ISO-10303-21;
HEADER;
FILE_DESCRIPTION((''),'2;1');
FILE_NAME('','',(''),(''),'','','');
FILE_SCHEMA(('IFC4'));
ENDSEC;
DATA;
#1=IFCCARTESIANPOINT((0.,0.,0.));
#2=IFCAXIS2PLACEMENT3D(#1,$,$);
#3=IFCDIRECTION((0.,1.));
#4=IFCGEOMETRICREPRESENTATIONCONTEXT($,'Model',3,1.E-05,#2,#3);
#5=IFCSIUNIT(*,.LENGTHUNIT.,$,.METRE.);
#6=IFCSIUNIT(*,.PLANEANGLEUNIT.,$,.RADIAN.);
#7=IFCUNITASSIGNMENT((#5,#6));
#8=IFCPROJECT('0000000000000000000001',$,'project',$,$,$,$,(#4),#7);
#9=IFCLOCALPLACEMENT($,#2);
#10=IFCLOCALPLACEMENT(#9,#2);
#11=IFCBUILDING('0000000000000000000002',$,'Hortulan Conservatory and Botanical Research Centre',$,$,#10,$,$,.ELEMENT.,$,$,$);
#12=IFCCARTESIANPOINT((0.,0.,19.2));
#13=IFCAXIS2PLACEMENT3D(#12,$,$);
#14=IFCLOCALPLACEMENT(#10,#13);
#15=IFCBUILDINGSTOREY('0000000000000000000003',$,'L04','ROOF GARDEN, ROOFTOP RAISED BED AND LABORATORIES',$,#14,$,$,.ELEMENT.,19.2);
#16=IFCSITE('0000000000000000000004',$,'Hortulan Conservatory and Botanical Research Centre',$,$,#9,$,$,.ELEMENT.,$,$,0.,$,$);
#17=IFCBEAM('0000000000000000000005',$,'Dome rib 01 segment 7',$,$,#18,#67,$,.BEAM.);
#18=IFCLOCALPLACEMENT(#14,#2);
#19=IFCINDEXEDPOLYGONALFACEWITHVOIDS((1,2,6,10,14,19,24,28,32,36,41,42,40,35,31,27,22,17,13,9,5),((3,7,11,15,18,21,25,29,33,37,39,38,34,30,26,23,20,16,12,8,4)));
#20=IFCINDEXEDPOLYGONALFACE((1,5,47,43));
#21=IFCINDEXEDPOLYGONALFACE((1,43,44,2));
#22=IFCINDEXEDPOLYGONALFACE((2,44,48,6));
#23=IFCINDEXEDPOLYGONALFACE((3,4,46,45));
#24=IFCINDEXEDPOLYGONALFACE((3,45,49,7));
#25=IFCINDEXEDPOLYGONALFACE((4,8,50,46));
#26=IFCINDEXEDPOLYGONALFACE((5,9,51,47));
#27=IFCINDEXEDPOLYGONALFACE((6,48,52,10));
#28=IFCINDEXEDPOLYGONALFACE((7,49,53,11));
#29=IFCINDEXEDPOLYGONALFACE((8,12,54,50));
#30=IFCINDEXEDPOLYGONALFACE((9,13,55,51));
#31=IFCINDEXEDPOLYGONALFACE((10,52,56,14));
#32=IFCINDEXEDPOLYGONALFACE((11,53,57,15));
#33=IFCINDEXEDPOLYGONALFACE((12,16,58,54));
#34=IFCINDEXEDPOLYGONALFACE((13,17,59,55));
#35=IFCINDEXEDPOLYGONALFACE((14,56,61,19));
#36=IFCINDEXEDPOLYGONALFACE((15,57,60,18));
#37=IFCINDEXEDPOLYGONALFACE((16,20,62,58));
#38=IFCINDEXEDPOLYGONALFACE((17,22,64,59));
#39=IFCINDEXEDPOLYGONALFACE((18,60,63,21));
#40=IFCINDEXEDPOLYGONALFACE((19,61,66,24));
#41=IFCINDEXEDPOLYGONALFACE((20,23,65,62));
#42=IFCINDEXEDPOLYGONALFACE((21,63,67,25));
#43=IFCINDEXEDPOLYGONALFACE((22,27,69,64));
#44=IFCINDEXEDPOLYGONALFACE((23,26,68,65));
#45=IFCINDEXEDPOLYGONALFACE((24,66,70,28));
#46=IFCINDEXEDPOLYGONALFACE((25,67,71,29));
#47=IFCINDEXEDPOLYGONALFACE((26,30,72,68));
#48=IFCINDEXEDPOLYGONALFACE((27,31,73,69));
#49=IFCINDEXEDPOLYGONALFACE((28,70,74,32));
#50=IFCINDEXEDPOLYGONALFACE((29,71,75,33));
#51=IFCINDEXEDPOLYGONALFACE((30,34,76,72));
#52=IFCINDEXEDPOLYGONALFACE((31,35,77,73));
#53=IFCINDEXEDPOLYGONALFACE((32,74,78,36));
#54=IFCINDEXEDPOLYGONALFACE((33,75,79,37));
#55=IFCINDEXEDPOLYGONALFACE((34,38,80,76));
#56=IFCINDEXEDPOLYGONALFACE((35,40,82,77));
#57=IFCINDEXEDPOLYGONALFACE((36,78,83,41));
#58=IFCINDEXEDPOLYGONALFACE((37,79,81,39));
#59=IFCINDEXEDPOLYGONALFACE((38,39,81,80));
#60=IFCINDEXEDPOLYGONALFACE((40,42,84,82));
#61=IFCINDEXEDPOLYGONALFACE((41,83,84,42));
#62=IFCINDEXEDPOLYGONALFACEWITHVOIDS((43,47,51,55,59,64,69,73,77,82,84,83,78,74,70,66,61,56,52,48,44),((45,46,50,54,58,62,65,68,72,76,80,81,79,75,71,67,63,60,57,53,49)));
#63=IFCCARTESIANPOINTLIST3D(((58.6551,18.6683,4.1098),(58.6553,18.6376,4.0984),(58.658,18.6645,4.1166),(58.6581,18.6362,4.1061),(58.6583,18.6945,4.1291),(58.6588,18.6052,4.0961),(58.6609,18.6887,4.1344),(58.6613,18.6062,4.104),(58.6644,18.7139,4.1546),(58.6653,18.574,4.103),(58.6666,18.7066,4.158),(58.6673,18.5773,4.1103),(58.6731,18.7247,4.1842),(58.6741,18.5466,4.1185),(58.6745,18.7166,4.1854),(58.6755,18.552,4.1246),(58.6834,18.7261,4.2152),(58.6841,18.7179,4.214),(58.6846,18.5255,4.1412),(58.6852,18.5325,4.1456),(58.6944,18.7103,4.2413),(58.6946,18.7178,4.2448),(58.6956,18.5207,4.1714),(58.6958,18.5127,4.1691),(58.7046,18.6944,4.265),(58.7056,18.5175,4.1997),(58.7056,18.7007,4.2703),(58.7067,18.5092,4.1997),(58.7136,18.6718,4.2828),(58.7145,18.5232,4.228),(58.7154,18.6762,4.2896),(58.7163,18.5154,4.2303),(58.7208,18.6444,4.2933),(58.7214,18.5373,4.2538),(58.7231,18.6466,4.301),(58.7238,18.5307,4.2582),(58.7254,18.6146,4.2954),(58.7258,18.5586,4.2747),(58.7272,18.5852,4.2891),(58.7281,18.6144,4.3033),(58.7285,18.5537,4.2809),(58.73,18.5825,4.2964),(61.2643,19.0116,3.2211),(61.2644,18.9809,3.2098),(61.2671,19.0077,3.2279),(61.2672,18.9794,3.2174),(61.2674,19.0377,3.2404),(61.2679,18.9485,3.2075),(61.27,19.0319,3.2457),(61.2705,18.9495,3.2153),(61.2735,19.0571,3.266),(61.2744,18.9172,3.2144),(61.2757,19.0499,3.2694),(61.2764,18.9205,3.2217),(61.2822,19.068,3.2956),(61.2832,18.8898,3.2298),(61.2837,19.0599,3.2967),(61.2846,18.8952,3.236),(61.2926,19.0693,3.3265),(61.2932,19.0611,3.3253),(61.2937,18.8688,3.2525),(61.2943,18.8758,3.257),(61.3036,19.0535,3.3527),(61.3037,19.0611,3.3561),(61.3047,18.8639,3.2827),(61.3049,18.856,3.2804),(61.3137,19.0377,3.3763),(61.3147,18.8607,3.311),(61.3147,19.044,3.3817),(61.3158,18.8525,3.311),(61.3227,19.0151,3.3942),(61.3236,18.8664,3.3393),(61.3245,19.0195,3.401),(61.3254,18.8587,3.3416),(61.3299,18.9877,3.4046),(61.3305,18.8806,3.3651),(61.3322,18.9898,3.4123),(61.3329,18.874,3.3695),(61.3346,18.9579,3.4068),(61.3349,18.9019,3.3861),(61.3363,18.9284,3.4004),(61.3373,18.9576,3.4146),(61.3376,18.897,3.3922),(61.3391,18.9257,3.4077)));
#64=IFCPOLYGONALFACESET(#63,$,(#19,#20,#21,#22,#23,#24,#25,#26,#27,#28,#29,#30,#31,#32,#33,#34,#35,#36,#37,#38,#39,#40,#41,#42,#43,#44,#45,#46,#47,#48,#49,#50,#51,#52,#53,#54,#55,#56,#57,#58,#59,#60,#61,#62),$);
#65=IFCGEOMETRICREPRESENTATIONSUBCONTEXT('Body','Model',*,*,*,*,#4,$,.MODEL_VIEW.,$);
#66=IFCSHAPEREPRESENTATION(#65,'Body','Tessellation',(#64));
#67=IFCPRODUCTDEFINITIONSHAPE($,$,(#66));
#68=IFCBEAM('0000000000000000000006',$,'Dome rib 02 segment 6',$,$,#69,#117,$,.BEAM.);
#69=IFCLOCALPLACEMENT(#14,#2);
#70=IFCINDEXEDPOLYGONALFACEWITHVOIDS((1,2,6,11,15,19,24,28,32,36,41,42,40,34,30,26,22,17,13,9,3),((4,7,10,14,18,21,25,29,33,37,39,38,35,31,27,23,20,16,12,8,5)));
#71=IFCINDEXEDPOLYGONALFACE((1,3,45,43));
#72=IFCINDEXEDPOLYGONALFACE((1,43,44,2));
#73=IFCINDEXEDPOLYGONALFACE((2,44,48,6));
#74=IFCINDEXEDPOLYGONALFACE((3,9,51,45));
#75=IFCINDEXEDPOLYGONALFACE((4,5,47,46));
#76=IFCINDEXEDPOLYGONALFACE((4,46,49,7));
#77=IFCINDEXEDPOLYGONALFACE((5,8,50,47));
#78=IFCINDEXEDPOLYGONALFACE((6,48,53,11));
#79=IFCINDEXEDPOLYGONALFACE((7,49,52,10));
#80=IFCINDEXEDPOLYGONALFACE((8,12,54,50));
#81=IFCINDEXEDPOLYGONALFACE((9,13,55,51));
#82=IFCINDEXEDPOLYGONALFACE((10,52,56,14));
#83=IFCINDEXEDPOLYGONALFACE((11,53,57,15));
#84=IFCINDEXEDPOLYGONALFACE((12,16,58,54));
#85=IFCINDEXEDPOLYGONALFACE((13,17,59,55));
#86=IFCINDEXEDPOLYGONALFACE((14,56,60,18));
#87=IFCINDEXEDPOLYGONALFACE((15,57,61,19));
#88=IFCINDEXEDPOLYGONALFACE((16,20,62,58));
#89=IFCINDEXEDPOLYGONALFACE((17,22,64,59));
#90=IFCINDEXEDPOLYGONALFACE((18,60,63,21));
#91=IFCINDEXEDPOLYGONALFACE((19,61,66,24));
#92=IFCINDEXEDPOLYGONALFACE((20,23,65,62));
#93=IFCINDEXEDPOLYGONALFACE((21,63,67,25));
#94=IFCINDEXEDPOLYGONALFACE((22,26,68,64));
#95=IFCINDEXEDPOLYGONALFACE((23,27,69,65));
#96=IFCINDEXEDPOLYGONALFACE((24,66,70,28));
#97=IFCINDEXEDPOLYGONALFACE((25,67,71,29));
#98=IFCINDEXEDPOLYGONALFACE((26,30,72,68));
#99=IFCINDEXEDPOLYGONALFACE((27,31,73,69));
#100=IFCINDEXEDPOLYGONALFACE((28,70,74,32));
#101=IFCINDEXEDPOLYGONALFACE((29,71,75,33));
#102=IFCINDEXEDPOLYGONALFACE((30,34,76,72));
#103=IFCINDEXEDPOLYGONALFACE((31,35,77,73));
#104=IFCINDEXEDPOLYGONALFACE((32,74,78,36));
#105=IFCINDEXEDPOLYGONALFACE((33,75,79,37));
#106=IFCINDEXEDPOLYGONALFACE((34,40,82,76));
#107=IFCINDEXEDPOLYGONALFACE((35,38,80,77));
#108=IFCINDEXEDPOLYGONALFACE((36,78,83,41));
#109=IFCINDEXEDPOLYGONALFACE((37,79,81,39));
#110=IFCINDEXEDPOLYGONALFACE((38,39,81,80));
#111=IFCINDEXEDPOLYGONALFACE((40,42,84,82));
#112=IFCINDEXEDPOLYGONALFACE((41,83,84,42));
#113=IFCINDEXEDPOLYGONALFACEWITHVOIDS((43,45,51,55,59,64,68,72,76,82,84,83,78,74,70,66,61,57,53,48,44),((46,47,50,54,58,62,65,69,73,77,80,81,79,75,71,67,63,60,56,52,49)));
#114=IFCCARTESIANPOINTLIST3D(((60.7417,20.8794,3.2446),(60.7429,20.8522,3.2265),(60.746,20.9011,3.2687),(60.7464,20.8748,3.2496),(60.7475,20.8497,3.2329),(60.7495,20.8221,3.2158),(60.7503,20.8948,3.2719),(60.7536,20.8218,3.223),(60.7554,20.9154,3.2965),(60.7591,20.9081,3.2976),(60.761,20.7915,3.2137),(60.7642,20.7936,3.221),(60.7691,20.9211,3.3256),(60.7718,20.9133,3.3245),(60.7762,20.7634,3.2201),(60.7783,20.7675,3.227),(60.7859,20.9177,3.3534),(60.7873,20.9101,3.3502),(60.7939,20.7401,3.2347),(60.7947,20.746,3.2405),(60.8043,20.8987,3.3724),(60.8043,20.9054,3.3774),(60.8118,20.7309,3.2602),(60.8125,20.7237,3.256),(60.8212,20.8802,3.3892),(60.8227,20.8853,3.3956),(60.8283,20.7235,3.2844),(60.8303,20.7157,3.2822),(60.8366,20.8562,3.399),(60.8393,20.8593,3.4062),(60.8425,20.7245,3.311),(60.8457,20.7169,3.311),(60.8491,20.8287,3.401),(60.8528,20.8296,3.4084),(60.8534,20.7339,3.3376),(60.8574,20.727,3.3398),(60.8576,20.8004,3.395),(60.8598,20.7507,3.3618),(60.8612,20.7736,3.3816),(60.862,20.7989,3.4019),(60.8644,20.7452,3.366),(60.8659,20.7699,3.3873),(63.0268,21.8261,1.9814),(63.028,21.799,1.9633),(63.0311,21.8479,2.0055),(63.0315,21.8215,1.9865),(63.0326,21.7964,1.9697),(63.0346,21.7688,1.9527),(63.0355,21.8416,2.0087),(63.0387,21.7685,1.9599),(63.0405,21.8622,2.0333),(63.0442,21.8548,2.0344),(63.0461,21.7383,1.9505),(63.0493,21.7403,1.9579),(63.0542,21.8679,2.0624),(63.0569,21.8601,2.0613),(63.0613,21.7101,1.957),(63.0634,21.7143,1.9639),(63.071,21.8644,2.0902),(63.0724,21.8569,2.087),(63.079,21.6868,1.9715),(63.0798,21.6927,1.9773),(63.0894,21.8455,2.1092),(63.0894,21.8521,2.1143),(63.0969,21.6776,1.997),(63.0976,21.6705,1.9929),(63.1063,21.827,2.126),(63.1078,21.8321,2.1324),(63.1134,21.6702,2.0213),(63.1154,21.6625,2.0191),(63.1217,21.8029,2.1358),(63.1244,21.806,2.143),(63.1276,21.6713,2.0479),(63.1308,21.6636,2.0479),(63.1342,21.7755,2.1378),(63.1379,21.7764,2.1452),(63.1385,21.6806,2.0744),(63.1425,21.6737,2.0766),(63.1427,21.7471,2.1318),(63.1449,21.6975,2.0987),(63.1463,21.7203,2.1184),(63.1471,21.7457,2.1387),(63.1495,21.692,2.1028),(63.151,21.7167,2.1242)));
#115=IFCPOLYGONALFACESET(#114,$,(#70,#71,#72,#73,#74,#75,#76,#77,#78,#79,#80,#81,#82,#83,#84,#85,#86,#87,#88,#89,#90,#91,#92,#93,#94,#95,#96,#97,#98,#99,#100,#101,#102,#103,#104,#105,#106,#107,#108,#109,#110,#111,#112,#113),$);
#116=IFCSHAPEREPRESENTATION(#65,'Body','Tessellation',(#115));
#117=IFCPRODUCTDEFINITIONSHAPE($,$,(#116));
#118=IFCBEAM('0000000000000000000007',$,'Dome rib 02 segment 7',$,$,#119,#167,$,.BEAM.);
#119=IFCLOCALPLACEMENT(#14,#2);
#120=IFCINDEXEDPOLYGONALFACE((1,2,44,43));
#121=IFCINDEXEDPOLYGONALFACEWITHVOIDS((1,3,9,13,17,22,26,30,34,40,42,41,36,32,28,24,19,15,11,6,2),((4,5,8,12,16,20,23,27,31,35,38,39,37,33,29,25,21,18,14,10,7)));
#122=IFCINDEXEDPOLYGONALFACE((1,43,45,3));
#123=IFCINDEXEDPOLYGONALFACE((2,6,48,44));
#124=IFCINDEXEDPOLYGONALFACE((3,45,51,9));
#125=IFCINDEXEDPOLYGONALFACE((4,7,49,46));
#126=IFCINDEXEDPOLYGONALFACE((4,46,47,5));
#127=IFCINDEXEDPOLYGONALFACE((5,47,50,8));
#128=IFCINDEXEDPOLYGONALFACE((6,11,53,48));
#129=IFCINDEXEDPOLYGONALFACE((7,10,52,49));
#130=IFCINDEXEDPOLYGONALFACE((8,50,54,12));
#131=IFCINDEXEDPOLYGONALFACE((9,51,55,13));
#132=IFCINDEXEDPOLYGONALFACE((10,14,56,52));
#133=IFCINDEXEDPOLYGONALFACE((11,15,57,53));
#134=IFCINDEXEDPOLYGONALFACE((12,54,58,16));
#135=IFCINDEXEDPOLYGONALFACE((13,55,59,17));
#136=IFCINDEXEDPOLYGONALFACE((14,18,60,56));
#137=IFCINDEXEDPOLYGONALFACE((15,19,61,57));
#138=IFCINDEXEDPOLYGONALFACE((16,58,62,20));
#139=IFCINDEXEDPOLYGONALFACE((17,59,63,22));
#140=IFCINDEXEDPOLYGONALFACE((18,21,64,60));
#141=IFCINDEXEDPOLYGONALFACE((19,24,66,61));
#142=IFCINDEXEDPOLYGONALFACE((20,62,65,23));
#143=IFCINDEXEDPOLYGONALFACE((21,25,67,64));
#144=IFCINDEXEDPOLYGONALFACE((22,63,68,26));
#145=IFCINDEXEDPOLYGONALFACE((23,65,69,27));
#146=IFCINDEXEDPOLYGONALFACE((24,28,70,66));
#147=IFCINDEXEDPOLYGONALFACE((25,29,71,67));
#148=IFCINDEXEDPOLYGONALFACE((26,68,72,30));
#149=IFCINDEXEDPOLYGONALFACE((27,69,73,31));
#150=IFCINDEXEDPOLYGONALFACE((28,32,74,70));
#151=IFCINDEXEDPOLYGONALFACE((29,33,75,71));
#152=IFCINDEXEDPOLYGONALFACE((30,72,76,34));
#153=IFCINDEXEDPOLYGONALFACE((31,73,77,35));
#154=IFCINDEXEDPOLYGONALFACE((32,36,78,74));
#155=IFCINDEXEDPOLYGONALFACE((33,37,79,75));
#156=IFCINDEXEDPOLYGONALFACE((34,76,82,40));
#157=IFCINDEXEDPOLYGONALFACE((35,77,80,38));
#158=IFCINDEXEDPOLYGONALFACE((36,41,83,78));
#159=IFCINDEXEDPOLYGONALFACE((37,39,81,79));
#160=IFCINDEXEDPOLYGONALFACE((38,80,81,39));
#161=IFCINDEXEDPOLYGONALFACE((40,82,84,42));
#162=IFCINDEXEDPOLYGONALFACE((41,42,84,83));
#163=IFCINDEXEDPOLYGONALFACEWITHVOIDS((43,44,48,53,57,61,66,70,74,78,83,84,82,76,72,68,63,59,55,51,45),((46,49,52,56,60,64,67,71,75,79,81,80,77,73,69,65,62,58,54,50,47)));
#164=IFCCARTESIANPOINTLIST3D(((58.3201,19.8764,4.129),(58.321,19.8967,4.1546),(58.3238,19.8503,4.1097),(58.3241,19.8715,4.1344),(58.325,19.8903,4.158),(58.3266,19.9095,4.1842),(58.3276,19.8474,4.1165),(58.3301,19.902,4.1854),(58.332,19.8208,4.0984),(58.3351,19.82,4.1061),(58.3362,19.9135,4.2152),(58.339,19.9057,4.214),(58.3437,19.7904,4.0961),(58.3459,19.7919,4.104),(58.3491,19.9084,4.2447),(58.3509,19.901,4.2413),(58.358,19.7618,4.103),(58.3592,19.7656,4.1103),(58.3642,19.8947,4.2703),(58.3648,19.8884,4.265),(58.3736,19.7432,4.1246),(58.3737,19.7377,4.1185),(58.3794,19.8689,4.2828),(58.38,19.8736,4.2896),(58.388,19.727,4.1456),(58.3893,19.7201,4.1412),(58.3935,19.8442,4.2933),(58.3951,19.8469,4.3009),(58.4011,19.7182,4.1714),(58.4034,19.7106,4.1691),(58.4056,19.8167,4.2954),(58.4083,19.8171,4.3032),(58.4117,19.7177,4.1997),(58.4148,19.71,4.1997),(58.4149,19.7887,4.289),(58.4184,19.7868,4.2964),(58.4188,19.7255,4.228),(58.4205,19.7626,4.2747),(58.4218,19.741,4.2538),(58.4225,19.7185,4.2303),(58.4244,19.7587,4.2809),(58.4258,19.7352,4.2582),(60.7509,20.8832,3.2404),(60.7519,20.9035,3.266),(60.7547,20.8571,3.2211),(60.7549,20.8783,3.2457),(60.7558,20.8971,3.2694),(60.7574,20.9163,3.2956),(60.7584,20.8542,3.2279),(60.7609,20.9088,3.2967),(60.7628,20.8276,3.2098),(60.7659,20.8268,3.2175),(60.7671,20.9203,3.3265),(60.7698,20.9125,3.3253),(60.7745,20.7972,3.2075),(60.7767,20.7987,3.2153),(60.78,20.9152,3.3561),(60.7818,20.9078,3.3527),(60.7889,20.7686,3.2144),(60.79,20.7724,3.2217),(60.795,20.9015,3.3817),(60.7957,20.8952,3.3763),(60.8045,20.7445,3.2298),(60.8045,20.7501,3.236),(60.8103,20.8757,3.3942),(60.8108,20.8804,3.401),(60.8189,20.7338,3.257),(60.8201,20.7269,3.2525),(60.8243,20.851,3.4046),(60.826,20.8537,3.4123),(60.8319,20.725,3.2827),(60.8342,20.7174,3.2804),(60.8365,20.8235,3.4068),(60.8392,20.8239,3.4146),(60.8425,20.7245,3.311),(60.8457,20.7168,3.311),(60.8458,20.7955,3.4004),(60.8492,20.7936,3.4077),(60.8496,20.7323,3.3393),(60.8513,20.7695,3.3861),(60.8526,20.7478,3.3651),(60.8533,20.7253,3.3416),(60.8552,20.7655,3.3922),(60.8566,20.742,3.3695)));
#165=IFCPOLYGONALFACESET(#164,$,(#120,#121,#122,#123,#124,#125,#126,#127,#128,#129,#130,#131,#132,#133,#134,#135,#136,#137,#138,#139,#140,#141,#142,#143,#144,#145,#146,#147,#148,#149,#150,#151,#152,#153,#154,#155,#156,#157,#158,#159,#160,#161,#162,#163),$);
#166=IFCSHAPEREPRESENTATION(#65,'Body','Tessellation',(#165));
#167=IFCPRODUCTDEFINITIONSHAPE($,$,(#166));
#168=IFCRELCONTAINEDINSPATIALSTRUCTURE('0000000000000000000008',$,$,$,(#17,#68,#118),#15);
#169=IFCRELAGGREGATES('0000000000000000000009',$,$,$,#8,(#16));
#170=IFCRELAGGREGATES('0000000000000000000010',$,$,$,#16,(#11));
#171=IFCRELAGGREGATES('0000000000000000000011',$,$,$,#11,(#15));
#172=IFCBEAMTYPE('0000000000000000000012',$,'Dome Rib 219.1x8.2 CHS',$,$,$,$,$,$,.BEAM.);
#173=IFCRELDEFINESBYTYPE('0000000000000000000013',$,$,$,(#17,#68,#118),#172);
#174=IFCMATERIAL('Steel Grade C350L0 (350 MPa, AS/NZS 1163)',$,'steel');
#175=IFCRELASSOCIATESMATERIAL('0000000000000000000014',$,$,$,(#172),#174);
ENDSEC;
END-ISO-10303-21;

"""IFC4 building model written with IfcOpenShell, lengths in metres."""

from ifc_helpers import new_model, si_unit, direction, frame, origin, origin_2d, place, context, subcontext, project, spatial, hollow_circle, extrude, material, material_profile, profile_set, type_object, element, save


model = new_model("IFC4")

# Units and contexts
model_context = context("Model", 3, precision=1e-05, world=origin(), true_north=direction((0.0, 1.0)))
body_context = subcontext(model_context, "Body", "Model", "MODEL_VIEW")
ifc_project = project(units=[si_unit("LENGTHUNIT", "METRE"), si_unit("PLANEANGLEUNIT", "RADIAN")], contexts=[model_context])

# Site, building, storey
site_placement = place(None, origin())
site = spatial("IfcSite", under=ifc_project, at=site_placement, Name="Hortulan Conservatory and Botanical Research Centre", CompositionType="ELEMENT", RefElevation=0.0)
building_placement = place(site_placement, origin())
building = spatial("IfcBuilding", under=site, at=building_placement, Name="Hortulan Conservatory and Botanical Research Centre", CompositionType="ELEMENT")
storey_placement = place(building_placement, frame((0.0, 0.0, 19.2)))
storey = spatial("IfcBuildingStorey", under=building, at=storey_placement, Name="L04", Description="ROOF GARDEN, ROOFTOP RAISED BED AND LABORATORIES", CompositionType="ELEMENT", Elevation=19.2)

# Beams
ifc_material_1 = material(Name="Steel Grade C350L0 (350 MPa, AS/NZS 1163)", Category="steel")
ifc_material_profile_1 = material_profile(ifc_material_1, hollow_circle(Radius=0.1096, WallThickness=0.0083, at=origin_2d()), Name="219.1x8.2CHS")
ifc_profile_set_1 = profile_set([ifc_material_profile_1], Name="Steel Grade C350L0 (350 MPa, AS/NZS 1163)")
beam_type = type_object("IfcBeamType", Name="Dome Rib 219.1x8.2 CHS", PredefinedType="BEAM", material=ifc_profile_set_1)
beam_1_placement = place(storey_placement, frame((61.3015, 18.9612, 3.311), z_axis=(-0.939343, -0.123582, 0.319941), x_axis=(0.130438, -0.991457, 0.0)))
element("IfcBeam", 1, at=beam_1_placement, inside=storey, type_object=beam_type, Name="Dome rib 01 segment 7", PredefinedType="BEAM", context=body_context, shape_type="SweptSolid", body=[
    extrude(hollow_circle(Radius=0.1096, WallThickness=0.0083, at=origin_2d()), origin(), (0.0, 0.0, 1.0), 2.7776),
])
beam_2_placement = place(storey_placement, frame((63.0889, 21.7649, 2.0479), z_axis=(-0.822768, -0.340886, 0.454808), x_axis=(0.382764, -0.923846, 0.0)))
element("IfcBeam", 2, at=beam_2_placement, inside=storey, type_object=beam_type, Name="Dome rib 02 segment 6", PredefinedType="BEAM", context=body_context, shape_type="SweptSolid", body=[
    extrude(hollow_circle(Radius=0.1096, WallThickness=0.0083, at=origin_2d()), origin(), (0.0, 0.0, 1.0), 2.7773),
])
beam_3_placement = place(storey_placement, frame((60.8037, 20.8181, 3.311), z_axis=(-0.875313, -0.362538, 0.31999), x_axis=(0.382658, -0.92389, 0.0)))
element("IfcBeam", 3, at=beam_3_placement, inside=storey, type_object=beam_type, Name="Dome rib 02 segment 7", PredefinedType="BEAM", context=body_context, shape_type="SweptSolid", body=[
    extrude(hollow_circle(Radius=0.1096, WallThickness=0.0083, at=origin_2d()), origin(), (0.0, 0.0, 1.0), 2.7771),
])

save(model, "model.ifc")
